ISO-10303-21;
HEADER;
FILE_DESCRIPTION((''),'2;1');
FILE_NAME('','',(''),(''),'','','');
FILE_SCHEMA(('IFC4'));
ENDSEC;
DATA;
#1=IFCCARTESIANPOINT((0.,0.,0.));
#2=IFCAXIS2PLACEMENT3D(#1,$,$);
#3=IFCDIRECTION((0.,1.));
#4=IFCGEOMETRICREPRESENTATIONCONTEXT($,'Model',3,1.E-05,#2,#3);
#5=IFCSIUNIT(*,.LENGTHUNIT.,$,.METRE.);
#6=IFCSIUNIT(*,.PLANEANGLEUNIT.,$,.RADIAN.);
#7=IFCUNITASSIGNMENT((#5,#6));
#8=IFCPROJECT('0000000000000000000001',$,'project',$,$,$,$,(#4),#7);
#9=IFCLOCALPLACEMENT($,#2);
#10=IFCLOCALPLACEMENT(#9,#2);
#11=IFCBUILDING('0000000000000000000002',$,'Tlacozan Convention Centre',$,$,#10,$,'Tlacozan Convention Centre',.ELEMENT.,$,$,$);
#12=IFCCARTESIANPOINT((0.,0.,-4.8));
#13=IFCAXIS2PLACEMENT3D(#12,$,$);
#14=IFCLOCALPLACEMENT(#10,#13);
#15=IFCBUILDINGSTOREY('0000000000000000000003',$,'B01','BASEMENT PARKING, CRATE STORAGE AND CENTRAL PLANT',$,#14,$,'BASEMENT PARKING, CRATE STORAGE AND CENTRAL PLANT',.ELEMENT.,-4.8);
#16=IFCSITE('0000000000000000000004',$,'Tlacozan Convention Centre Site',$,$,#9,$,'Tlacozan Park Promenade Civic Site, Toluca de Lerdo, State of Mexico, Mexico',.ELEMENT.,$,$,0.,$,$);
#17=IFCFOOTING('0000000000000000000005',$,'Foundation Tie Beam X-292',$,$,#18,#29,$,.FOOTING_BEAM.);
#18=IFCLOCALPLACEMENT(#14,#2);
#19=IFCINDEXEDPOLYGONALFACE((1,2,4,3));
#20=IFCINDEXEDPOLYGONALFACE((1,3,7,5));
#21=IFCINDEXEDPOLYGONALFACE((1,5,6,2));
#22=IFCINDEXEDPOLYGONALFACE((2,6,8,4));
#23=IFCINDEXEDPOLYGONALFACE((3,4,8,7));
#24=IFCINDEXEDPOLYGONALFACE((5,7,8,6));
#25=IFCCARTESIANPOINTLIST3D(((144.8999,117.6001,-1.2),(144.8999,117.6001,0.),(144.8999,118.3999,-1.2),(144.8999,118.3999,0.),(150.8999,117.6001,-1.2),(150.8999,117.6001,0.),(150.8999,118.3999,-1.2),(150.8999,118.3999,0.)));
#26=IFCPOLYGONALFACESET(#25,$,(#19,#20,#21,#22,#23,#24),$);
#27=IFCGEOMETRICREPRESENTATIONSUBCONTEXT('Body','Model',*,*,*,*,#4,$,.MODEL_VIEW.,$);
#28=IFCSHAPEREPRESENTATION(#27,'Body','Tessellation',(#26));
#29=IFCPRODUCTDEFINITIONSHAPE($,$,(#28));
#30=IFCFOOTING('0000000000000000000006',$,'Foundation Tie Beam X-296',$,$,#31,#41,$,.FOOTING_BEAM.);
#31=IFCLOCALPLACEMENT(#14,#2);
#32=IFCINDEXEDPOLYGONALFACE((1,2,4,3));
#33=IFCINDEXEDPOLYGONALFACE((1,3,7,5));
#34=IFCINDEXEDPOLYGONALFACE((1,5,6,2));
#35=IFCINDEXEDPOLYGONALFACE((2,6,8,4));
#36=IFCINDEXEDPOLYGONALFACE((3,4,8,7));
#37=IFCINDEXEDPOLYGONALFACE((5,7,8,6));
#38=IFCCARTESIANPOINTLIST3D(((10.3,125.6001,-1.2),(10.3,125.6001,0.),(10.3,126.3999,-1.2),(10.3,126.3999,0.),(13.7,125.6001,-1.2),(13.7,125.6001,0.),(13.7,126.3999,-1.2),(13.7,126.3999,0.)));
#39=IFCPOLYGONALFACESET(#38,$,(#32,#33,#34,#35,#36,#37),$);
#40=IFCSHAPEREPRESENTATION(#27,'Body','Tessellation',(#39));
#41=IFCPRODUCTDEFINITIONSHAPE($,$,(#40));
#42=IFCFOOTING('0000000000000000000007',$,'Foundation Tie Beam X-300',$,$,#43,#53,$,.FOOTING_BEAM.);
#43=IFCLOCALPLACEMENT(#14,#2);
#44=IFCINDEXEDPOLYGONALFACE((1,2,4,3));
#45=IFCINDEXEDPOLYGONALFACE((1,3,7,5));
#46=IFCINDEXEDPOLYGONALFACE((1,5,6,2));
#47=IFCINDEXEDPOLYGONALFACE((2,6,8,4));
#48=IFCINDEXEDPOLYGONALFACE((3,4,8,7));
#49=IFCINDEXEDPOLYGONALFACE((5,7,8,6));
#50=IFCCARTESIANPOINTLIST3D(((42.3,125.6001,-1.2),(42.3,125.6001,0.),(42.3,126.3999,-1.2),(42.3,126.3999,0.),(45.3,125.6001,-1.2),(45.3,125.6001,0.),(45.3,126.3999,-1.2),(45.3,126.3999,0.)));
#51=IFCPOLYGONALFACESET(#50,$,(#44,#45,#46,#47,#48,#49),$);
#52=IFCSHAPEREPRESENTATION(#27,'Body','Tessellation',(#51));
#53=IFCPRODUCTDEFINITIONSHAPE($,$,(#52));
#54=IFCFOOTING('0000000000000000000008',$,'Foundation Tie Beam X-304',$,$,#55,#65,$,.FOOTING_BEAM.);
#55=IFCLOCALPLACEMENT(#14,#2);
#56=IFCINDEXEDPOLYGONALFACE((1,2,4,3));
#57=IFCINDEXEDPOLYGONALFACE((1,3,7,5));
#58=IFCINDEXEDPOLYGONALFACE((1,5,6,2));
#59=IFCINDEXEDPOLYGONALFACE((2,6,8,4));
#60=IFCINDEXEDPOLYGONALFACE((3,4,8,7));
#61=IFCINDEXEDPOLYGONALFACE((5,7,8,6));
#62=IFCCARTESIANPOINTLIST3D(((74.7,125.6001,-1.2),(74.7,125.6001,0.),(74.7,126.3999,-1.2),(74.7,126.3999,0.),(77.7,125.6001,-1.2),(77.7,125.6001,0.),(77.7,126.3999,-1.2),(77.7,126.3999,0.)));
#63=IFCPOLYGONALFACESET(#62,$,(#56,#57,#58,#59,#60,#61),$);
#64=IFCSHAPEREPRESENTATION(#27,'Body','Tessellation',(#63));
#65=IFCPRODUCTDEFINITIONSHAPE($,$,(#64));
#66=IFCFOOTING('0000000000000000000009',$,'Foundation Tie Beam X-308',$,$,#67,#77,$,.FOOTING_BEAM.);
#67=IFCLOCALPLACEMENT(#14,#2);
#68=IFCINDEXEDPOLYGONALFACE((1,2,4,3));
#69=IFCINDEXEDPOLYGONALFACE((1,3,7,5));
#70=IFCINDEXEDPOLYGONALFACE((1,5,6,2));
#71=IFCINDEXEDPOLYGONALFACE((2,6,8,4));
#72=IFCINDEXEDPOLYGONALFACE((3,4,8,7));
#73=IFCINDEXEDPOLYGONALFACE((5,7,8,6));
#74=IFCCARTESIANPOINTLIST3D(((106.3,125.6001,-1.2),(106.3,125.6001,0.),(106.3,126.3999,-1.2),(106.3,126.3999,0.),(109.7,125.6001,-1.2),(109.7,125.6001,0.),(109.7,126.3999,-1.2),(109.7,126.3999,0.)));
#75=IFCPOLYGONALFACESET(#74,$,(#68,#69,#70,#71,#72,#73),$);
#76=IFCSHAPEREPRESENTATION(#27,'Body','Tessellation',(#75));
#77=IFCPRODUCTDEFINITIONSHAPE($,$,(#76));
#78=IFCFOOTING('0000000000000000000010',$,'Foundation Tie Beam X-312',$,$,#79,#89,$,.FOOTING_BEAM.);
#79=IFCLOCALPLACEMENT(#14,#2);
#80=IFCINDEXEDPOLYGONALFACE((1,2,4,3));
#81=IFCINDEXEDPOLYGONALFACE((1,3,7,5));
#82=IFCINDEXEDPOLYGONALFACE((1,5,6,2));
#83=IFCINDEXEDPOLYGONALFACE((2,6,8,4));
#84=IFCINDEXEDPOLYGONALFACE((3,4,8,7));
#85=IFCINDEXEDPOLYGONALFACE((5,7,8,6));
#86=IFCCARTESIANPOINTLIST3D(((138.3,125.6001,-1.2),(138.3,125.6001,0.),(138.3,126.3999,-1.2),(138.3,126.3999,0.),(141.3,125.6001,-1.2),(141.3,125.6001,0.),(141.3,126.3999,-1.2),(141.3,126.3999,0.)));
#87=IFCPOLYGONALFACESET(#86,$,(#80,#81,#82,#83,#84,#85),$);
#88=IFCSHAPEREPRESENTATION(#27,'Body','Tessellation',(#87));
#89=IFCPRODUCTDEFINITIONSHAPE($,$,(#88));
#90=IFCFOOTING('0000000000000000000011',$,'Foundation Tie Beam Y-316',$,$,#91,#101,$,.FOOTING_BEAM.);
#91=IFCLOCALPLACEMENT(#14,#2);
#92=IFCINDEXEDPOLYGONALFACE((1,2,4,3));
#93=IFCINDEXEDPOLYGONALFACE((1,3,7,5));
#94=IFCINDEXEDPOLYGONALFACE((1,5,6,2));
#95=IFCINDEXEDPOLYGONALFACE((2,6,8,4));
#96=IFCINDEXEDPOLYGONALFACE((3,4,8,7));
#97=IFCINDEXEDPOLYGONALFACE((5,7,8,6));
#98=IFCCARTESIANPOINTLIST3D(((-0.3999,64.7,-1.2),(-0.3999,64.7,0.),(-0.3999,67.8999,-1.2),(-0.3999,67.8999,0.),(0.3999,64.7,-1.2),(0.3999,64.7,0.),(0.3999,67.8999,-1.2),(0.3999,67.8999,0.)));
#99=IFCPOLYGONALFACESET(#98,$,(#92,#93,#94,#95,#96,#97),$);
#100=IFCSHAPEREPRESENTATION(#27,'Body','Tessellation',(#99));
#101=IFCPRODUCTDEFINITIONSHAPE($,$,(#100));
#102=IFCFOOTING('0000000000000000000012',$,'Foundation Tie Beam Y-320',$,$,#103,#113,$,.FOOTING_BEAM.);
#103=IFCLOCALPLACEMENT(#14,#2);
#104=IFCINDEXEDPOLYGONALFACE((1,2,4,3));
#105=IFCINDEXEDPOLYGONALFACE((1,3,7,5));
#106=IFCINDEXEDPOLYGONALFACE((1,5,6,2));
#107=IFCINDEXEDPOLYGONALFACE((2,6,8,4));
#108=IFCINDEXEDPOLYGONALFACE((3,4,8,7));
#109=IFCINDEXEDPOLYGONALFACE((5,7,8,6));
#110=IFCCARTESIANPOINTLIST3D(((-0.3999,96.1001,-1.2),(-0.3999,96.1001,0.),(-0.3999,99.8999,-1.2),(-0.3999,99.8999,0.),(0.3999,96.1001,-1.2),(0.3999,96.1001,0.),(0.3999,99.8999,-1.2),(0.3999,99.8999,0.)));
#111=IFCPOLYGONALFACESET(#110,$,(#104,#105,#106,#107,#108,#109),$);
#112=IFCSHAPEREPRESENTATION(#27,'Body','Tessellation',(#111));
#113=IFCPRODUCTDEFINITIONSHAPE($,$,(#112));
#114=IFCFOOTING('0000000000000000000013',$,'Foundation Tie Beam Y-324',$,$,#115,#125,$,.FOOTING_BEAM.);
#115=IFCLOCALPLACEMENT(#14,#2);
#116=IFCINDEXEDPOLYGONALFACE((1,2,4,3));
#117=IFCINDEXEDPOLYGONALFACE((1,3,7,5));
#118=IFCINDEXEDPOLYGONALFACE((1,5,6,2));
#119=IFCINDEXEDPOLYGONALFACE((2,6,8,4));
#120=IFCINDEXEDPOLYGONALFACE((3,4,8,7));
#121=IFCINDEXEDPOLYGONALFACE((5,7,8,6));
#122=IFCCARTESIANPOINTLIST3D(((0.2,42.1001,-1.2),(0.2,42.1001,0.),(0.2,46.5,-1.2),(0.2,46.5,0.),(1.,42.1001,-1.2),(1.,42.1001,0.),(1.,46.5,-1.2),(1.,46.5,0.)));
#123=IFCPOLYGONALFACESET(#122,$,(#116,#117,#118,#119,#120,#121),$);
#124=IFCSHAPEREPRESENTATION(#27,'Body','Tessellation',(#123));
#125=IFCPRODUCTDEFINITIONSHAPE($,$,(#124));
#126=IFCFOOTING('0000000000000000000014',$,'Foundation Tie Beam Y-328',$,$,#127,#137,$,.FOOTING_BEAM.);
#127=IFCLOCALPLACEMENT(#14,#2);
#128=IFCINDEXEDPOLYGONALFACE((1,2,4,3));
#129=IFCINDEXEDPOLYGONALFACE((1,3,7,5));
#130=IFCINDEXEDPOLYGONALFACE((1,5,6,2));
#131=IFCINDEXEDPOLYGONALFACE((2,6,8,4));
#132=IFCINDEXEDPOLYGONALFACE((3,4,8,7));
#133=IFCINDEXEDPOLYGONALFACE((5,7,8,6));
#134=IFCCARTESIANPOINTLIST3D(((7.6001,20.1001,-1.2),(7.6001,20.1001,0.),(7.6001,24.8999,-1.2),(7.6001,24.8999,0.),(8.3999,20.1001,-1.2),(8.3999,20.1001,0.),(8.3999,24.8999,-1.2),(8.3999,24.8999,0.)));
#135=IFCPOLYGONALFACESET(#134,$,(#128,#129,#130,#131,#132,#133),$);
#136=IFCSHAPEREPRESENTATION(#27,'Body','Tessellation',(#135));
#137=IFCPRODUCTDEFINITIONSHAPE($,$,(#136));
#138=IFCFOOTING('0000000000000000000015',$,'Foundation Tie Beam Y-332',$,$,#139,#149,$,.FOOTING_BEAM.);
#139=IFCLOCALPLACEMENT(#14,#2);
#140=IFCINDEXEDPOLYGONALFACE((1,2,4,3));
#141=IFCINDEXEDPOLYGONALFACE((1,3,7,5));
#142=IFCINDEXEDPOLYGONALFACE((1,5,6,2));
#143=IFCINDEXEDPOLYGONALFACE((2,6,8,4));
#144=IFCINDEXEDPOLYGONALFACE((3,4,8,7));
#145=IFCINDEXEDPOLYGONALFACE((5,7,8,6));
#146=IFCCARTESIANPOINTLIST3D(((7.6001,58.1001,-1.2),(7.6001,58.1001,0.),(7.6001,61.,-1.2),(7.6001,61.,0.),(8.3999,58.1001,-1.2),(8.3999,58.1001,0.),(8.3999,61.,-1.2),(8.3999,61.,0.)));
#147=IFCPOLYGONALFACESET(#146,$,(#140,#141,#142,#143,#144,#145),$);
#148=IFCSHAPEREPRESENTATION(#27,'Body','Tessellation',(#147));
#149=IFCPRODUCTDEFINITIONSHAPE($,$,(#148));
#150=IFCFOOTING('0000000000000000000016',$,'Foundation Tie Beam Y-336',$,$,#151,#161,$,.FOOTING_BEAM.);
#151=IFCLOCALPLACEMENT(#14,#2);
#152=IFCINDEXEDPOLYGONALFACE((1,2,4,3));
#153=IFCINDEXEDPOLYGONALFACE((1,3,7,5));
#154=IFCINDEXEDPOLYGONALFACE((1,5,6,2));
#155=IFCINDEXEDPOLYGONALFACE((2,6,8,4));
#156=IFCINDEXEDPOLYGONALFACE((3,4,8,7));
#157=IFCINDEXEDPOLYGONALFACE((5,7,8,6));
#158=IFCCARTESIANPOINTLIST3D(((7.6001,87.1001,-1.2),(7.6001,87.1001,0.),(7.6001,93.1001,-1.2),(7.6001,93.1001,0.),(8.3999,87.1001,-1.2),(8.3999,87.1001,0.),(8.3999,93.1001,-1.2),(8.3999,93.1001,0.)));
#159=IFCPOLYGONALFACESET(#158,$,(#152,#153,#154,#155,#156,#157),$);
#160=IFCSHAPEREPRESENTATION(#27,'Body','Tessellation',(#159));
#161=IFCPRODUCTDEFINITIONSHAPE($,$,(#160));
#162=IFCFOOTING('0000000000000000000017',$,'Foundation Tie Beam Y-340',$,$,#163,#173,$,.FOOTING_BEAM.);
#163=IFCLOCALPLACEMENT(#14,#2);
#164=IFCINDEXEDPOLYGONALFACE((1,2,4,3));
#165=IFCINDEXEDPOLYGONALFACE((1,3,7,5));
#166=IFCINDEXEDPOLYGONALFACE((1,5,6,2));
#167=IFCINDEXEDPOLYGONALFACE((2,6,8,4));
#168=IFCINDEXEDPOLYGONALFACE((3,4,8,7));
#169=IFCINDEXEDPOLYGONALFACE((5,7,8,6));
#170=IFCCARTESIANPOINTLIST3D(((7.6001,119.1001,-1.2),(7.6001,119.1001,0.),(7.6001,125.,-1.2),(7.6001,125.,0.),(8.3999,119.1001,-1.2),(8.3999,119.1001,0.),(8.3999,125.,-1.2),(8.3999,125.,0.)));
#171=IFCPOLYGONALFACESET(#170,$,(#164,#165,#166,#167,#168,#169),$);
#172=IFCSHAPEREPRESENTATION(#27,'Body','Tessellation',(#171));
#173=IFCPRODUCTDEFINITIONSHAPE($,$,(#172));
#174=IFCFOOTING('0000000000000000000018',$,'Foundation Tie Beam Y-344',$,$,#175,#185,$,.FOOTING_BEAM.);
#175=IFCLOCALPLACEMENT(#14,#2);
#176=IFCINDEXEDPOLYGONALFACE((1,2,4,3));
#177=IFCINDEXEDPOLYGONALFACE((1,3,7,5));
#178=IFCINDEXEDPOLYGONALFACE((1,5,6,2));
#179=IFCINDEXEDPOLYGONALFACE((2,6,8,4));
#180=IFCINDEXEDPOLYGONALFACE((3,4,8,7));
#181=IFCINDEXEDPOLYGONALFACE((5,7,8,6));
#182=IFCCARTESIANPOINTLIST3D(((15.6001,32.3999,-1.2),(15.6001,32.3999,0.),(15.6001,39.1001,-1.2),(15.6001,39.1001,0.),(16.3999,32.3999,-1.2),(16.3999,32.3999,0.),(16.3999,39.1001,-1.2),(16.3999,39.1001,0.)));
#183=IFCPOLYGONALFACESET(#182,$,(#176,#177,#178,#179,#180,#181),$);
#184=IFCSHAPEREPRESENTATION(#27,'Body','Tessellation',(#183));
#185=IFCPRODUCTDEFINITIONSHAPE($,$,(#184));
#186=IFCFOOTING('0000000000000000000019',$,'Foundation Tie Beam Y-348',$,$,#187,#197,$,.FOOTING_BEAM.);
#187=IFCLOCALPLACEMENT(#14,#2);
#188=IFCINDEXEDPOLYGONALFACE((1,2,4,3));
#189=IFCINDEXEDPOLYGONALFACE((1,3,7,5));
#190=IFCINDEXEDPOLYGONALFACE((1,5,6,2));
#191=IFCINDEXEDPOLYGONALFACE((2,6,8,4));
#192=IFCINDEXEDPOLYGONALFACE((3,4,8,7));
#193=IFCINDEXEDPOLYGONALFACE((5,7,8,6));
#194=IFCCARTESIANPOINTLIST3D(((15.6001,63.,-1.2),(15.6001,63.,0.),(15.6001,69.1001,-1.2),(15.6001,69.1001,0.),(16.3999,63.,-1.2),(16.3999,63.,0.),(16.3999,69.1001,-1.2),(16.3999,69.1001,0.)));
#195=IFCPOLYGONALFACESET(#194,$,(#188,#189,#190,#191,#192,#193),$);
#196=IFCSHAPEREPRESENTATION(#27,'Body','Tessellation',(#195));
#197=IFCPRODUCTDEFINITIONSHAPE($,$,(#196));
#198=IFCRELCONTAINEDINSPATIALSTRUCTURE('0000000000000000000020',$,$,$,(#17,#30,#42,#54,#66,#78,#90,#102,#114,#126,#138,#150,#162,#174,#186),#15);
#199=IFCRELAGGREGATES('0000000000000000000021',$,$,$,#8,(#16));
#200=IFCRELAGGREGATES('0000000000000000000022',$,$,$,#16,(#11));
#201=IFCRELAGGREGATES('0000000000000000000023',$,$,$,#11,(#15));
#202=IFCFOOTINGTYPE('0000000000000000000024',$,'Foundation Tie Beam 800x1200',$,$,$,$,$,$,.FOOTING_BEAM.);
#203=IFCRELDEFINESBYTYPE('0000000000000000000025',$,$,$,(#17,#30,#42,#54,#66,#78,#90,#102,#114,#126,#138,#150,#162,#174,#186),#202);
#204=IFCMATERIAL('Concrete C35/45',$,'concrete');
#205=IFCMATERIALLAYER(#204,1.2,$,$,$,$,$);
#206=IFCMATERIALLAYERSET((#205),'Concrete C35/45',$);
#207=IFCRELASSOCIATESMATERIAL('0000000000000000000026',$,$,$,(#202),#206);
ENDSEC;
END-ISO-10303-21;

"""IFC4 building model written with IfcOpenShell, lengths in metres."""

from ifc_helpers import new_model, si_unit, direction, frame, origin, place, context, subcontext, project, spatial, polyline, outline, extrude, material, layer, layer_set, type_object, element, save


model = new_model("IFC4")

# Units and contexts
model_context = context("Model", 3, precision=1e-05, world=origin(), true_north=direction((0.0, 1.0)))
body_context = subcontext(model_context, "Body", "Model", "MODEL_VIEW")
ifc_project = project(units=[si_unit("LENGTHUNIT", "METRE"), si_unit("PLANEANGLEUNIT", "RADIAN")], contexts=[model_context])

# Site, building, storey
site_placement = place(None, origin())
site = spatial("IfcSite", under=ifc_project, at=site_placement, Name="Tlacozan Convention Centre Site", LongName="Tlacozan Park Promenade Civic Site, Toluca de Lerdo, State of Mexico, Mexico", CompositionType="ELEMENT", RefElevation=0.0)
building_placement = place(site_placement, origin())
building = spatial("IfcBuilding", under=site, at=building_placement, Name="Tlacozan Convention Centre", LongName="Tlacozan Convention Centre", CompositionType="ELEMENT")
storey_placement = place(building_placement, frame((0.0, 0.0, -4.8)))
storey = spatial("IfcBuildingStorey", under=building, at=storey_placement, Name="B01", Description="BASEMENT PARKING, CRATE STORAGE AND CENTRAL PLANT", LongName="BASEMENT PARKING, CRATE STORAGE AND CENTRAL PLANT", CompositionType="ELEMENT", Elevation=-4.8)

# Footings
ifc_material = material(Name="Concrete C35/45", Category="concrete")
ifc_layer = layer(ifc_material, 1.2)
ifc_layer_set = layer_set([ifc_layer], Name="Concrete C35/45")
footing_type = type_object("IfcFootingType", Name="Foundation Tie Beam 800x1200", PredefinedType="FOOTING_BEAM", material=ifc_layer_set)
footing_1_placement = place(storey_placement, frame((0.0, 0.0, -1.2)))
element("IfcFooting", 1, at=footing_1_placement, inside=storey, type_object=footing_type, Name="Foundation Tie Beam X-292", PredefinedType="FOOTING_BEAM", context=body_context, shape_type="SweptSolid", body=[
    extrude(outline(polyline([(144.8999, 117.6001), (150.8999, 117.6001), (150.8999, 118.3999), (144.8999, 118.3999), (144.8999, 117.6001)])), origin(), (0.0, 0.0, 1.0), 1.2),
])
footing_2_placement = place(storey_placement, frame((0.0, 0.0, -1.2)))
element("IfcFooting", 2, at=footing_2_placement, inside=storey, type_object=footing_type, Name="Foundation Tie Beam X-296", PredefinedType="FOOTING_BEAM", context=body_context, shape_type="SweptSolid", body=[
    extrude(outline(polyline([(10.3, 125.6001), (13.7, 125.6001), (13.7, 126.3999), (10.3, 126.3999), (10.3, 125.6001)])), origin(), (0.0, 0.0, 1.0), 1.2),
])
footing_3_placement = place(storey_placement, frame((0.0, 0.0, -1.2)))
element("IfcFooting", 3, at=footing_3_placement, inside=storey, type_object=footing_type, Name="Foundation Tie Beam X-300", PredefinedType="FOOTING_BEAM", context=body_context, shape_type="SweptSolid", body=[
    extrude(outline(polyline([(42.3, 125.6001), (45.3, 125.6001), (45.3, 126.3999), (42.3, 126.3999), (42.3, 125.6001)])), origin(), (0.0, 0.0, 1.0), 1.2),
])
footing_4_placement = place(storey_placement, frame((0.0, 0.0, -1.2)))
element("IfcFooting", 4, at=footing_4_placement, inside=storey, type_object=footing_type, Name="Foundation Tie Beam X-304", PredefinedType="FOOTING_BEAM", context=body_context, shape_type="SweptSolid", body=[
    extrude(outline(polyline([(74.7, 125.6001), (77.7, 125.6001), (77.7, 126.3999), (74.7, 126.3999), (74.7, 125.6001)])), origin(), (0.0, 0.0, 1.0), 1.2),
])
footing_5_placement = place(storey_placement, frame((0.0, 0.0, -1.2)))
element("IfcFooting", 5, at=footing_5_placement, inside=storey, type_object=footing_type, Name="Foundation Tie Beam X-308", PredefinedType="FOOTING_BEAM", context=body_context, shape_type="SweptSolid", body=[
    extrude(outline(polyline([(106.3, 125.6001), (109.7, 125.6001), (109.7, 126.3999), (106.3, 126.3999), (106.3, 125.6001)])), origin(), (0.0, 0.0, 1.0), 1.2),
])
footing_6_placement = place(storey_placement, frame((0.0, 0.0, -1.2)))
element("IfcFooting", 6, at=footing_6_placement, inside=storey, type_object=footing_type, Name="Foundation Tie Beam X-312", PredefinedType="FOOTING_BEAM", context=body_context, shape_type="SweptSolid", body=[
    extrude(outline(polyline([(138.3, 125.6001), (141.3, 125.6001), (141.3, 126.3999), (138.3, 126.3999), (138.3, 125.6001)])), origin(), (0.0, 0.0, 1.0), 1.2),
])
footing_7_placement = place(storey_placement, frame((0.0, 0.0, -1.2)))
element("IfcFooting", 7, at=footing_7_placement, inside=storey, type_object=footing_type, Name="Foundation Tie Beam Y-316", PredefinedType="FOOTING_BEAM", context=body_context, shape_type="SweptSolid", body=[
    extrude(outline(polyline([(-0.3999, 64.7), (0.3999, 64.7), (0.3999, 67.8999), (-0.3999, 67.8999), (-0.3999, 64.7)])), origin(), (0.0, 0.0, 1.0), 1.2),
])
footing_8_placement = place(storey_placement, frame((0.0, 0.0, -1.2)))
element("IfcFooting", 8, at=footing_8_placement, inside=storey, type_object=footing_type, Name="Foundation Tie Beam Y-320", PredefinedType="FOOTING_BEAM", context=body_context, shape_type="SweptSolid", body=[
    extrude(outline(polyline([(-0.3999, 96.1001), (0.3999, 96.1001), (0.3999, 99.8999), (-0.3999, 99.8999), (-0.3999, 96.1001)])), origin(), (0.0, 0.0, 1.0), 1.2),
])
footing_9_placement = place(storey_placement, frame((0.0, 0.0, -1.2)))
element("IfcFooting", 9, at=footing_9_placement, inside=storey, type_object=footing_type, Name="Foundation Tie Beam Y-324", PredefinedType="FOOTING_BEAM", context=body_context, shape_type="SweptSolid", body=[
    extrude(outline(polyline([(0.2, 42.1001), (1.0, 42.1001), (1.0, 46.5), (0.2, 46.5), (0.2, 42.1001)])), origin(), (0.0, 0.0, 1.0), 1.2),
])
footing_10_placement = place(storey_placement, frame((0.0, 0.0, -1.2)))
element("IfcFooting", 10, at=footing_10_placement, inside=storey, type_object=footing_type, Name="Foundation Tie Beam Y-328", PredefinedType="FOOTING_BEAM", context=body_context, shape_type="SweptSolid", body=[
    extrude(outline(polyline([(7.6001, 20.1001), (8.3999, 20.1001), (8.3999, 24.8999), (7.6001, 24.8999), (7.6001, 20.1001)])), origin(), (0.0, 0.0, 1.0), 1.2),
])
footing_11_placement = place(storey_placement, frame((0.0, 0.0, -1.2)))
element("IfcFooting", 11, at=footing_11_placement, inside=storey, type_object=footing_type, Name="Foundation Tie Beam Y-332", PredefinedType="FOOTING_BEAM", context=body_context, shape_type="SweptSolid", body=[
    extrude(outline(polyline([(7.6001, 58.1001), (8.3999, 58.1001), (8.3999, 61.0), (7.6001, 61.0), (7.6001, 58.1001)])), origin(), (0.0, 0.0, 1.0), 1.2),
])
footing_12_placement = place(storey_placement, frame((0.0, 0.0, -1.2)))
element("IfcFooting", 12, at=footing_12_placement, inside=storey, type_object=footing_type, Name="Foundation Tie Beam Y-336", PredefinedType="FOOTING_BEAM", context=body_context, shape_type="SweptSolid", body=[
    extrude(outline(polyline([(7.6001, 87.1001), (8.3999, 87.1001), (8.3999, 93.1001), (7.6001, 93.1001), (7.6001, 87.1001)])), origin(), (0.0, 0.0, 1.0), 1.2),
])
footing_13_placement = place(storey_placement, frame((0.0, 0.0, -1.2)))
element("IfcFooting", 13, at=footing_13_placement, inside=storey, type_object=footing_type, Name="Foundation Tie Beam Y-340", PredefinedType="FOOTING_BEAM", context=body_context, shape_type="SweptSolid", body=[
    extrude(outline(polyline([(7.6001, 119.1001), (8.3999, 119.1001), (8.3999, 125.0), (7.6001, 125.0), (7.6001, 119.1001)])), origin(), (0.0, 0.0, 1.0), 1.2),
])
footing_14_placement = place(storey_placement, frame((0.0, 0.0, -1.2)))
element("IfcFooting", 14, at=footing_14_placement, inside=storey, type_object=footing_type, Name="Foundation Tie Beam Y-344", PredefinedType="FOOTING_BEAM", context=body_context, shape_type="SweptSolid", body=[
    extrude(outline(polyline([(15.6001, 32.3999), (16.3999, 32.3999), (16.3999, 39.1001), (15.6001, 39.1001), (15.6001, 32.3999)])), origin(), (0.0, 0.0, 1.0), 1.2),
])
footing_15_placement = place(storey_placement, frame((0.0, 0.0, -1.2)))
element("IfcFooting", 15, at=footing_15_placement, inside=storey, type_object=footing_type, Name="Foundation Tie Beam Y-348", PredefinedType="FOOTING_BEAM", context=body_context, shape_type="SweptSolid", body=[
    extrude(outline(polyline([(15.6001, 63.0), (16.3999, 63.0), (16.3999, 69.1001), (15.6001, 69.1001), (15.6001, 63.0)])), origin(), (0.0, 0.0, 1.0), 1.2),
])

save(model, "model.ifc")
